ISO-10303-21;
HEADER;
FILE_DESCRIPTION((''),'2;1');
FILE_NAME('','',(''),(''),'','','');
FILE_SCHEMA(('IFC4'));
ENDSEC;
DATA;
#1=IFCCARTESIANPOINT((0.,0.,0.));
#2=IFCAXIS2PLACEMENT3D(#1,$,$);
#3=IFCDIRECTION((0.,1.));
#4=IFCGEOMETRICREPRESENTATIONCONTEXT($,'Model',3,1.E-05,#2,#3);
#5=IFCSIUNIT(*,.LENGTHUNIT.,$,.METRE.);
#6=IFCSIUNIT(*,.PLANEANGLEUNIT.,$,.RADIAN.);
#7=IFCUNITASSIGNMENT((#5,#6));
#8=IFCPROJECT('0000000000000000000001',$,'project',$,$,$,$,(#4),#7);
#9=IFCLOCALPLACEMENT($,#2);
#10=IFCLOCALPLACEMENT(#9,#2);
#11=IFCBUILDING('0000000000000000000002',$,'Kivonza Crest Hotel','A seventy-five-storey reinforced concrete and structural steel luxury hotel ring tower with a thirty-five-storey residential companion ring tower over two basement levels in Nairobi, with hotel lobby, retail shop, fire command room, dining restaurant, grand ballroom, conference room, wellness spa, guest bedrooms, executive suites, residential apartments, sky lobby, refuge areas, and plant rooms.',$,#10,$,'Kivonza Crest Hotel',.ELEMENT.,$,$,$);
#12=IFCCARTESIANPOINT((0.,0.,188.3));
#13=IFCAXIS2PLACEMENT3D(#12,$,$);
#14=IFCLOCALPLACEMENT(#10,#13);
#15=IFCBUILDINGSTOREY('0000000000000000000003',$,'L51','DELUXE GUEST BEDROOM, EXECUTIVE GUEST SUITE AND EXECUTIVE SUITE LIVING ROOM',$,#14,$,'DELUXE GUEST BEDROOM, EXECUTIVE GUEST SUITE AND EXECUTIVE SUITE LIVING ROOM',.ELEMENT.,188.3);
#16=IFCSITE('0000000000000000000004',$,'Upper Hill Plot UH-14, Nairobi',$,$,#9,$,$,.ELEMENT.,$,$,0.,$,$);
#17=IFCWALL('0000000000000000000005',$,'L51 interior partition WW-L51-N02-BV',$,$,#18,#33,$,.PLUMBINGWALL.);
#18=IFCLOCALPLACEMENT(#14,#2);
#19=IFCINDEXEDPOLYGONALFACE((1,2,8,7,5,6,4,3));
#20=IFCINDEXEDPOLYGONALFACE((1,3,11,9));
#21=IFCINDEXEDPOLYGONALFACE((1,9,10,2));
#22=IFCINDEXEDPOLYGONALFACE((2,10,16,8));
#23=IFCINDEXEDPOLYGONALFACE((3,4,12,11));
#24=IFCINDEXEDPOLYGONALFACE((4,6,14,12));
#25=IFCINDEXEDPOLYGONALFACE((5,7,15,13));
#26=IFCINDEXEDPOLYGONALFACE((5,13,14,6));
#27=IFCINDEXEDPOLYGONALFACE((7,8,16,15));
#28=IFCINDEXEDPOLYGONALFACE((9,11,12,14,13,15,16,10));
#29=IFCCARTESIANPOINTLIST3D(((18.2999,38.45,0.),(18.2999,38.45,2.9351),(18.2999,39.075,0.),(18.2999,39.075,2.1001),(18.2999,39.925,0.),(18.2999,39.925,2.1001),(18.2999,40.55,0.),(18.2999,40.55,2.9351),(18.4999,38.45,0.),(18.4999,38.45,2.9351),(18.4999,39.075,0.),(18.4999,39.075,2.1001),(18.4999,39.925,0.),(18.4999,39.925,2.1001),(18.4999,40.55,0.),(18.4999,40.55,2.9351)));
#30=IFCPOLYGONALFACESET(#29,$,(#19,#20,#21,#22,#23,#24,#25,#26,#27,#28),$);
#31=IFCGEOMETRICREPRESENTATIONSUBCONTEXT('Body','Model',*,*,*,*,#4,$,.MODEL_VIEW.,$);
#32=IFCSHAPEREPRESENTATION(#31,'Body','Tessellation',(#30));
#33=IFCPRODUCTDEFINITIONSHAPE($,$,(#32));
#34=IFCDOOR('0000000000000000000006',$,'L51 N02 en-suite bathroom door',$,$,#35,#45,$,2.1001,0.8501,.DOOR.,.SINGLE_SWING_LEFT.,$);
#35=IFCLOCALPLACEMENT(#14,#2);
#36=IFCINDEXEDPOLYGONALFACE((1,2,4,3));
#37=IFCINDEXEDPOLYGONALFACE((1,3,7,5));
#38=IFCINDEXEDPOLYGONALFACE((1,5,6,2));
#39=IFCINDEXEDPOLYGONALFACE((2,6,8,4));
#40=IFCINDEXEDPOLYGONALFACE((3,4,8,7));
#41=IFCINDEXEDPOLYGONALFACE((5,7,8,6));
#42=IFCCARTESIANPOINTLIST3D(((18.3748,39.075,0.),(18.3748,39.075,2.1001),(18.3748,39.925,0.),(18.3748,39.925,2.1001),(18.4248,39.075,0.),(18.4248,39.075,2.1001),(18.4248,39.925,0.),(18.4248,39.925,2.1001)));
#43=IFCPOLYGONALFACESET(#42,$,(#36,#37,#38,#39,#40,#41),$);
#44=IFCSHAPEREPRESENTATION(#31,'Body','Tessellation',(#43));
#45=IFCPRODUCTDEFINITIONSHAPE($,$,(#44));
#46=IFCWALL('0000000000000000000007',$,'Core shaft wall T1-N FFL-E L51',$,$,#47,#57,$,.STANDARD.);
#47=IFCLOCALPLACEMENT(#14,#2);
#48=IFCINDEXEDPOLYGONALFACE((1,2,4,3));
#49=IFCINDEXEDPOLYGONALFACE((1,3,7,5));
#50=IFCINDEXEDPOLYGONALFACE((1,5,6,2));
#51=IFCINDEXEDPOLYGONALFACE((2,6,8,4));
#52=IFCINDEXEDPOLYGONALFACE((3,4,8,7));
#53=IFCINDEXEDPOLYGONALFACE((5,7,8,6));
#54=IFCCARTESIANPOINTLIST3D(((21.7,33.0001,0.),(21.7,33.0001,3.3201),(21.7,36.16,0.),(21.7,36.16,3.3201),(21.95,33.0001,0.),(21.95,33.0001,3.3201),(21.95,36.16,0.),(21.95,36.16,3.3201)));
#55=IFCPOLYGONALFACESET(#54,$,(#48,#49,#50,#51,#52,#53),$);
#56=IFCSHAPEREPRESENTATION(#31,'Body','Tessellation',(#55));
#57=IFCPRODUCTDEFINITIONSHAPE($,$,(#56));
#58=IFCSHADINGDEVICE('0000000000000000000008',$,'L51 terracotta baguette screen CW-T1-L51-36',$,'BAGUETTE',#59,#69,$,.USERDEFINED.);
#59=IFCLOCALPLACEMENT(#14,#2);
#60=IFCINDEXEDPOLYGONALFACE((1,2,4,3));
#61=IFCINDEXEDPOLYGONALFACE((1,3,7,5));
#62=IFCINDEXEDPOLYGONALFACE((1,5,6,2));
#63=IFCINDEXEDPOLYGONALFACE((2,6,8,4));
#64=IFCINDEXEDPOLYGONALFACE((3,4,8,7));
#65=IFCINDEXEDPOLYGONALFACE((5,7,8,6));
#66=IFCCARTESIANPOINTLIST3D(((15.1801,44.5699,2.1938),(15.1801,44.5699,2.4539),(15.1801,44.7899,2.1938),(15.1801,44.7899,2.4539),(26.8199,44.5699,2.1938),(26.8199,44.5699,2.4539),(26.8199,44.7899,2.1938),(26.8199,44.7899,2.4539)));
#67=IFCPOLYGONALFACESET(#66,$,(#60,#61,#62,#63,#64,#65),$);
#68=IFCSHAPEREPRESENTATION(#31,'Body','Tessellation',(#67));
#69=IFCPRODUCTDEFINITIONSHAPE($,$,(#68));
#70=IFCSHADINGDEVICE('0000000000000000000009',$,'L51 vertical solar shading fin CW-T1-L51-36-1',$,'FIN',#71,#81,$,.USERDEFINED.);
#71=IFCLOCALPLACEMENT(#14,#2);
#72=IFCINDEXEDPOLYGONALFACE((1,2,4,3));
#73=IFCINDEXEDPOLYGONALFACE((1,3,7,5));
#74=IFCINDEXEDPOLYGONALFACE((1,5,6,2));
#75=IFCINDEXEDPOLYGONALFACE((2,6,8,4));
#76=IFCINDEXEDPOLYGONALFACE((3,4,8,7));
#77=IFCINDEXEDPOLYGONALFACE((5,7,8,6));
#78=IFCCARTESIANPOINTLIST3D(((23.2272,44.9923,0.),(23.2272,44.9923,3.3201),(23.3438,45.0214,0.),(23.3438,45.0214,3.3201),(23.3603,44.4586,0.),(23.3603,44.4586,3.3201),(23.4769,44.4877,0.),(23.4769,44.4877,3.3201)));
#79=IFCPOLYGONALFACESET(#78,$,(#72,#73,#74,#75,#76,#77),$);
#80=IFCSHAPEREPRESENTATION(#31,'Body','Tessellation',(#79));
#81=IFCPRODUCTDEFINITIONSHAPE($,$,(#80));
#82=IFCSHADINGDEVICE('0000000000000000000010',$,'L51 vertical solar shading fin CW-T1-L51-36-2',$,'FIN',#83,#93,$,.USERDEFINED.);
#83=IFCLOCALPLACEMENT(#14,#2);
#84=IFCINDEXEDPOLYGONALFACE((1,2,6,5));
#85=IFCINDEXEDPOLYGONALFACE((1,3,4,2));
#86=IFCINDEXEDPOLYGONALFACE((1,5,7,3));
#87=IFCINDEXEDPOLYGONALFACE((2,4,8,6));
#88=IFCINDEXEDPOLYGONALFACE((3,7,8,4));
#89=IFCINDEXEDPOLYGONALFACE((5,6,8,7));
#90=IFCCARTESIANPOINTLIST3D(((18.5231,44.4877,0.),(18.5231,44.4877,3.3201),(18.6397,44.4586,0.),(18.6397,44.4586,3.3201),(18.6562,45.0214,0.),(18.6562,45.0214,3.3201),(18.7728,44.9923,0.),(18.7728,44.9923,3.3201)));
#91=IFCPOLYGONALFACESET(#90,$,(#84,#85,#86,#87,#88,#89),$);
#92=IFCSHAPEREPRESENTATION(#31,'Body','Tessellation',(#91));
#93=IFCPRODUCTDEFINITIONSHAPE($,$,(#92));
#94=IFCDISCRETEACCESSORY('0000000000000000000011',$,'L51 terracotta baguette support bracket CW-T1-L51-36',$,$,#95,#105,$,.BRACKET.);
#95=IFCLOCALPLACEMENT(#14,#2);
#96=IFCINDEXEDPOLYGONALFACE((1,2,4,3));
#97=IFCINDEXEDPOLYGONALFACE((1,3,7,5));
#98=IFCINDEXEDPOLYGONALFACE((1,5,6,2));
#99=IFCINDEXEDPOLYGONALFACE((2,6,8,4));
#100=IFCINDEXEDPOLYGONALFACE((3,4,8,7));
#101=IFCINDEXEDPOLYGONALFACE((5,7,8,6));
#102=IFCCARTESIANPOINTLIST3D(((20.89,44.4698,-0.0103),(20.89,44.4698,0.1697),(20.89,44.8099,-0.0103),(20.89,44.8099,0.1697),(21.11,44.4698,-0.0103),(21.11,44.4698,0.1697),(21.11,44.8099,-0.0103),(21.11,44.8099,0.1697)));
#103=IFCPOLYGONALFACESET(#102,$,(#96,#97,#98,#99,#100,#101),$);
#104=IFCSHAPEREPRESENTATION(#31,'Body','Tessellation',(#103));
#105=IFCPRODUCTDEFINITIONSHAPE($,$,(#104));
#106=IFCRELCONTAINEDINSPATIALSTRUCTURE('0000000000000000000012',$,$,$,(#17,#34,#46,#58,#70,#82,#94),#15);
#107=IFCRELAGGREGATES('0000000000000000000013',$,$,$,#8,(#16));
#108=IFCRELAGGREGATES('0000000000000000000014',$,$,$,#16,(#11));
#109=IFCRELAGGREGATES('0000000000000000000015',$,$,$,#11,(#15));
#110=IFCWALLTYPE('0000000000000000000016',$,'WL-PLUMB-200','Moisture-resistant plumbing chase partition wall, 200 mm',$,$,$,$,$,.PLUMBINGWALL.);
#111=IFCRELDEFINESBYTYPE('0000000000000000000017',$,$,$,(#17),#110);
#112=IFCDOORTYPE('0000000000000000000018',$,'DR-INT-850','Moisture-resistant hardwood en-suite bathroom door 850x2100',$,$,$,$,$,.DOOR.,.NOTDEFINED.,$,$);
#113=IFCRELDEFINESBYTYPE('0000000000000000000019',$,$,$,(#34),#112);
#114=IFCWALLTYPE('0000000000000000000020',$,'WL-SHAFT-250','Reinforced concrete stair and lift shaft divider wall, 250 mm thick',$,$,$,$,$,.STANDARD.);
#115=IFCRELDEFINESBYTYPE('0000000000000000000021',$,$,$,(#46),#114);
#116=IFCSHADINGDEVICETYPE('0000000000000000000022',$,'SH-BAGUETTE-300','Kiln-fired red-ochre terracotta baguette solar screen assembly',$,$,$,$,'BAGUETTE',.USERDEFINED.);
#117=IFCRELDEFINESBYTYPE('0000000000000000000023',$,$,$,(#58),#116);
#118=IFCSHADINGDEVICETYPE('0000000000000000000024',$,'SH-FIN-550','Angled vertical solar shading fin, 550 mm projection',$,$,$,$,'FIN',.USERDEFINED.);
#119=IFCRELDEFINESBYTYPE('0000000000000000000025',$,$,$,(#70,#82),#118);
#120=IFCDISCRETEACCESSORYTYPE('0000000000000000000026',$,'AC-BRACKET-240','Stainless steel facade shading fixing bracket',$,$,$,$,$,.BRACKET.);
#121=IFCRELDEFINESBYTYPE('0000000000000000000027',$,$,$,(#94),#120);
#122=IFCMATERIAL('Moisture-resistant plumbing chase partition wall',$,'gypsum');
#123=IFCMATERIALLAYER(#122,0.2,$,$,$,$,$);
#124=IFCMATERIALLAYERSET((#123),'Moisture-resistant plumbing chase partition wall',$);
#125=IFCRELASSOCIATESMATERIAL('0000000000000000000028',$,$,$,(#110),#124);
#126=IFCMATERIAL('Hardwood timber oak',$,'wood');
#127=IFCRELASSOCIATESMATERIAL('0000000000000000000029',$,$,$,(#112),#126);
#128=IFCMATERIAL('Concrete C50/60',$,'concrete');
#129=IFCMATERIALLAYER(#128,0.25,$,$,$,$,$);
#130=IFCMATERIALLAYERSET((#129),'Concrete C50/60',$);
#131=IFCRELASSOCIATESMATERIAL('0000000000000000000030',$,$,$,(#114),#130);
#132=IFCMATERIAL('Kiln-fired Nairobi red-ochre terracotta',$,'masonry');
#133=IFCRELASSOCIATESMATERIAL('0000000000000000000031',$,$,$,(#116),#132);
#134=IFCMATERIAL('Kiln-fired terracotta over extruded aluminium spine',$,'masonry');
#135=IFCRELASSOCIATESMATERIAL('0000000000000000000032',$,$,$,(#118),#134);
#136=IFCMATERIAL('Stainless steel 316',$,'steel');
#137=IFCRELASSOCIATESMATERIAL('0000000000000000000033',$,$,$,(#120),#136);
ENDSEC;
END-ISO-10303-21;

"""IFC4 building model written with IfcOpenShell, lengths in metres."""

from ifc_helpers import new_model, si_unit, direction, frame, frame_2d, origin, origin_2d, place, context, subcontext, project, spatial, rectangle, extrude, material, layer, layer_set, type_object, element, fill, save


model = new_model("IFC4")

# Units and contexts
model_context = context("Model", 3, precision=1e-05, world=origin(), true_north=direction((0.0, 1.0)))
body_context = subcontext(model_context, "Body", "Model", "MODEL_VIEW")
ifc_project = project(units=[si_unit("LENGTHUNIT", "METRE"), si_unit("PLANEANGLEUNIT", "RADIAN")], contexts=[model_context])

# Site, building, storey
site_placement = place(None, origin())
site = spatial("IfcSite", under=ifc_project, at=site_placement, Name="Upper Hill Plot UH-14, Nairobi", CompositionType="ELEMENT", RefElevation=0.0)
building_placement = place(site_placement, origin())
building = spatial("IfcBuilding", under=site, at=building_placement, Name="Kivonza Crest Hotel", Description="A seventy-five-storey reinforced concrete and structural steel luxury hotel ring tower with a thirty-five-storey residential companion ring tower over two basement levels in Nairobi, with hotel lobby, retail shop, fire command room, dining restaurant, grand ballroom, conference room, wellness spa, guest bedrooms, executive suites, residential apartments, sky lobby, refuge areas, and plant rooms.", LongName="Kivonza Crest Hotel", CompositionType="ELEMENT")
storey_placement = place(building_placement, frame((0.0, 0.0, 188.3)))
storey = spatial("IfcBuildingStorey", under=building, at=storey_placement, Name="L51", Description="DELUXE GUEST BEDROOM, EXECUTIVE GUEST SUITE AND EXECUTIVE SUITE LIVING ROOM", LongName="DELUXE GUEST BEDROOM, EXECUTIVE GUEST SUITE AND EXECUTIVE SUITE LIVING ROOM", CompositionType="ELEMENT", Elevation=188.3)

# Shared definitions
ifc_material_1 = material(Name="Concrete C50/60", Category="concrete")

# Shared definitions
ifc_material_2 = material(Name="Hardwood timber oak", Category="wood")

# Wall, opening, door
ifc_material_3 = material(Name="Moisture-resistant plumbing chase partition wall", Category="gypsum")
ifc_layer_1 = layer(ifc_material_3, 0.2)
ifc_layer_set_1 = layer_set([ifc_layer_1], Name="Moisture-resistant plumbing chase partition wall")
wall_type_1 = type_object("IfcWallType", Name="WL-PLUMB-200", Description="Moisture-resistant plumbing chase partition wall, 200 mm", PredefinedType="PLUMBINGWALL", material=ifc_layer_set_1)
wall_1_placement = place(storey_placement, frame((18.3999, 38.45, 0.0), z_axis=(0.0, 0.0, 1.0), x_axis=(0.0, 1.0, 0.0)))
wall_1 = element("IfcWall", 1, at=wall_1_placement, inside=storey, type_object=wall_type_1, Name="L51 interior partition WW-L51-N02-BV", PredefinedType="PLUMBINGWALL", context=body_context, shape_type="SweptSolid", body=[
    extrude(rectangle(XDim=2.1001, YDim=0.2, at=frame_2d((1.05, 0.0))), origin(), (0.0, 0.0, 1.0), 2.9351),
])
opening_1_placement = place(wall_1_placement, frame((0.625, 0.0, 0.0)))
opening_1 = element("IfcOpeningElement", 2, at=opening_1_placement, cuts=wall_1, PredefinedType="OPENING", context=body_context, shape_type="SweptSolid", body=[
    extrude(rectangle(XDim=0.8501, YDim=2.1001, at=frame_2d((0.425, 1.05))), frame((0.0, 0.1099, 0.0), z_axis=(0.0, -1.0, 0.0), x_axis=(1.0, 0.0, 0.0)), (0.0, 0.0, 1.0), 0.22),
])
door_type_1 = type_object("IfcDoorType", Name="DR-INT-850", Description="Moisture-resistant hardwood en-suite bathroom door 850x2100", OperationType="NOTDEFINED", PredefinedType="DOOR", material=ifc_material_2)
door_1_placement = place(opening_1_placement, frame((0.8501, 0.0, 0.0), z_axis=(0.0, 0.0, 1.0), x_axis=(-1.0, 0.0, 0.0)))
door_1 = element("IfcDoor", 3, at=door_1_placement, inside=storey, type_object=door_type_1, Name="L51 N02 en-suite bathroom door", OperationType="SINGLE_SWING_LEFT", OverallHeight=2.1001, OverallWidth=0.8501, PredefinedType="DOOR", context=body_context, shape_type="SweptSolid", body=[
    extrude(rectangle(XDim=0.8501, YDim=2.1001, at=frame_2d((0.425, 1.05))), frame((0.0, 0.0249, 0.0), z_axis=(0.0, -1.0, 0.0), x_axis=(1.0, 0.0, 0.0)), (0.0, 0.0, 1.0), 0.05),
])
fill(opening_1, door_1)
ifc_layer_2 = layer(ifc_material_1, 0.25)
ifc_layer_set_2 = layer_set([ifc_layer_2], Name="Concrete C50/60")
wall_type_2 = type_object("IfcWallType", Name="WL-SHAFT-250", Description="Reinforced concrete stair and lift shaft divider wall, 250 mm thick", PredefinedType="STANDARD", material=ifc_layer_set_2)

# Wall
wall_2_placement = place(storey_placement, frame((21.825, 33.0, 0.0), z_axis=(0.0, 0.0, 1.0), x_axis=(0.0, 1.0, 0.0)))
element("IfcWall", 4, at=wall_2_placement, inside=storey, type_object=wall_type_2, Name="Core shaft wall T1-N FFL-E L51", PredefinedType="STANDARD", context=body_context, shape_type="SweptSolid", body=[
    extrude(rectangle(XDim=3.1599, YDim=0.25, at=frame_2d((1.5801, 0.0))), origin(), (0.0, 0.0, 1.0), 3.3201),
])

# Shading devices
ifc_material_4 = material(Name="Kiln-fired Nairobi red-ochre terracotta", Category="masonry")
shading_device_type_1 = type_object("IfcShadingDeviceType", Name="SH-BAGUETTE-300", Description="Kiln-fired red-ochre terracotta baguette solar screen assembly", ElementType="BAGUETTE", PredefinedType="USERDEFINED", material=ifc_material_4)
shading_device_placement = place(storey_placement, frame((21.0, 44.6799, 2.1938), z_axis=(0.0, 0.0, 1.0), x_axis=(-1.0, 0.0, 0.0)))
element("IfcShadingDevice", 5, at=shading_device_placement, inside=storey, type_object=shading_device_type_1, Name="L51 terracotta baguette screen CW-T1-L51-36", ObjectType="BAGUETTE", PredefinedType="USERDEFINED", context=body_context, shape_type="SweptSolid", body=[
    extrude(rectangle(XDim=11.6399, YDim=0.22, at=origin_2d()), origin(), (0.0, 0.0, 1.0), 0.26),
])
ifc_material_5 = material(Name="Kiln-fired terracotta over extruded aluminium spine", Category="masonry")
shading_device_type_2 = type_object("IfcShadingDeviceType", Name="SH-FIN-550", Description="Angled vertical solar shading fin, 550 mm projection", ElementType="FIN", PredefinedType="USERDEFINED", material=ifc_material_5)
for number, where, z_axis, x_axis, name in (
    (6, (23.3521, 44.74, 0.0), (0.0, 0.0, 1.0), (-0.970296, -0.241922, 0.0), "L51 vertical solar shading fin CW-T1-L51-36-1"),
    (7, (18.6479, 44.74, 0.0), (0.0, 0.0, 1.0), (-0.970296, 0.241922, 0.0), "L51 vertical solar shading fin CW-T1-L51-36-2"),
):
    element("IfcShadingDevice", number, at=place(storey_placement, frame(where, z_axis=z_axis, x_axis=x_axis)), inside=storey, type_object=shading_device_type_2, Name=name, ObjectType="FIN", PredefinedType="USERDEFINED", context=body_context, shape_type="SweptSolid", body=[
        extrude(rectangle(XDim=0.1201, YDim=0.55, at=origin_2d()), origin(), (0.0, 0.0, 1.0), 3.3201),
    ])

# Discrete accessory
ifc_material_6 = material(Name="Stainless steel 316", Category="steel")
discrete_accessory_type = type_object("IfcDiscreteAccessoryType", Name="AC-BRACKET-240", Description="Stainless steel facade shading fixing bracket", PredefinedType="BRACKET", material=ifc_material_6)
discrete_accessory_placement = place(storey_placement, frame((21.0, 44.6399, -0.0103), z_axis=(0.0, 0.0, 1.0), x_axis=(-1.0, 0.0, 0.0)))
element("IfcDiscreteAccessory", 8, at=discrete_accessory_placement, inside=storey, type_object=discrete_accessory_type, Name="L51 terracotta baguette support bracket CW-T1-L51-36", PredefinedType="BRACKET", context=body_context, shape_type="SweptSolid", body=[
    extrude(rectangle(XDim=0.22, YDim=0.3401, at=origin_2d()), origin(), (0.0, 0.0, 1.0), 0.1799),
])

save(model, "model.ifc")
